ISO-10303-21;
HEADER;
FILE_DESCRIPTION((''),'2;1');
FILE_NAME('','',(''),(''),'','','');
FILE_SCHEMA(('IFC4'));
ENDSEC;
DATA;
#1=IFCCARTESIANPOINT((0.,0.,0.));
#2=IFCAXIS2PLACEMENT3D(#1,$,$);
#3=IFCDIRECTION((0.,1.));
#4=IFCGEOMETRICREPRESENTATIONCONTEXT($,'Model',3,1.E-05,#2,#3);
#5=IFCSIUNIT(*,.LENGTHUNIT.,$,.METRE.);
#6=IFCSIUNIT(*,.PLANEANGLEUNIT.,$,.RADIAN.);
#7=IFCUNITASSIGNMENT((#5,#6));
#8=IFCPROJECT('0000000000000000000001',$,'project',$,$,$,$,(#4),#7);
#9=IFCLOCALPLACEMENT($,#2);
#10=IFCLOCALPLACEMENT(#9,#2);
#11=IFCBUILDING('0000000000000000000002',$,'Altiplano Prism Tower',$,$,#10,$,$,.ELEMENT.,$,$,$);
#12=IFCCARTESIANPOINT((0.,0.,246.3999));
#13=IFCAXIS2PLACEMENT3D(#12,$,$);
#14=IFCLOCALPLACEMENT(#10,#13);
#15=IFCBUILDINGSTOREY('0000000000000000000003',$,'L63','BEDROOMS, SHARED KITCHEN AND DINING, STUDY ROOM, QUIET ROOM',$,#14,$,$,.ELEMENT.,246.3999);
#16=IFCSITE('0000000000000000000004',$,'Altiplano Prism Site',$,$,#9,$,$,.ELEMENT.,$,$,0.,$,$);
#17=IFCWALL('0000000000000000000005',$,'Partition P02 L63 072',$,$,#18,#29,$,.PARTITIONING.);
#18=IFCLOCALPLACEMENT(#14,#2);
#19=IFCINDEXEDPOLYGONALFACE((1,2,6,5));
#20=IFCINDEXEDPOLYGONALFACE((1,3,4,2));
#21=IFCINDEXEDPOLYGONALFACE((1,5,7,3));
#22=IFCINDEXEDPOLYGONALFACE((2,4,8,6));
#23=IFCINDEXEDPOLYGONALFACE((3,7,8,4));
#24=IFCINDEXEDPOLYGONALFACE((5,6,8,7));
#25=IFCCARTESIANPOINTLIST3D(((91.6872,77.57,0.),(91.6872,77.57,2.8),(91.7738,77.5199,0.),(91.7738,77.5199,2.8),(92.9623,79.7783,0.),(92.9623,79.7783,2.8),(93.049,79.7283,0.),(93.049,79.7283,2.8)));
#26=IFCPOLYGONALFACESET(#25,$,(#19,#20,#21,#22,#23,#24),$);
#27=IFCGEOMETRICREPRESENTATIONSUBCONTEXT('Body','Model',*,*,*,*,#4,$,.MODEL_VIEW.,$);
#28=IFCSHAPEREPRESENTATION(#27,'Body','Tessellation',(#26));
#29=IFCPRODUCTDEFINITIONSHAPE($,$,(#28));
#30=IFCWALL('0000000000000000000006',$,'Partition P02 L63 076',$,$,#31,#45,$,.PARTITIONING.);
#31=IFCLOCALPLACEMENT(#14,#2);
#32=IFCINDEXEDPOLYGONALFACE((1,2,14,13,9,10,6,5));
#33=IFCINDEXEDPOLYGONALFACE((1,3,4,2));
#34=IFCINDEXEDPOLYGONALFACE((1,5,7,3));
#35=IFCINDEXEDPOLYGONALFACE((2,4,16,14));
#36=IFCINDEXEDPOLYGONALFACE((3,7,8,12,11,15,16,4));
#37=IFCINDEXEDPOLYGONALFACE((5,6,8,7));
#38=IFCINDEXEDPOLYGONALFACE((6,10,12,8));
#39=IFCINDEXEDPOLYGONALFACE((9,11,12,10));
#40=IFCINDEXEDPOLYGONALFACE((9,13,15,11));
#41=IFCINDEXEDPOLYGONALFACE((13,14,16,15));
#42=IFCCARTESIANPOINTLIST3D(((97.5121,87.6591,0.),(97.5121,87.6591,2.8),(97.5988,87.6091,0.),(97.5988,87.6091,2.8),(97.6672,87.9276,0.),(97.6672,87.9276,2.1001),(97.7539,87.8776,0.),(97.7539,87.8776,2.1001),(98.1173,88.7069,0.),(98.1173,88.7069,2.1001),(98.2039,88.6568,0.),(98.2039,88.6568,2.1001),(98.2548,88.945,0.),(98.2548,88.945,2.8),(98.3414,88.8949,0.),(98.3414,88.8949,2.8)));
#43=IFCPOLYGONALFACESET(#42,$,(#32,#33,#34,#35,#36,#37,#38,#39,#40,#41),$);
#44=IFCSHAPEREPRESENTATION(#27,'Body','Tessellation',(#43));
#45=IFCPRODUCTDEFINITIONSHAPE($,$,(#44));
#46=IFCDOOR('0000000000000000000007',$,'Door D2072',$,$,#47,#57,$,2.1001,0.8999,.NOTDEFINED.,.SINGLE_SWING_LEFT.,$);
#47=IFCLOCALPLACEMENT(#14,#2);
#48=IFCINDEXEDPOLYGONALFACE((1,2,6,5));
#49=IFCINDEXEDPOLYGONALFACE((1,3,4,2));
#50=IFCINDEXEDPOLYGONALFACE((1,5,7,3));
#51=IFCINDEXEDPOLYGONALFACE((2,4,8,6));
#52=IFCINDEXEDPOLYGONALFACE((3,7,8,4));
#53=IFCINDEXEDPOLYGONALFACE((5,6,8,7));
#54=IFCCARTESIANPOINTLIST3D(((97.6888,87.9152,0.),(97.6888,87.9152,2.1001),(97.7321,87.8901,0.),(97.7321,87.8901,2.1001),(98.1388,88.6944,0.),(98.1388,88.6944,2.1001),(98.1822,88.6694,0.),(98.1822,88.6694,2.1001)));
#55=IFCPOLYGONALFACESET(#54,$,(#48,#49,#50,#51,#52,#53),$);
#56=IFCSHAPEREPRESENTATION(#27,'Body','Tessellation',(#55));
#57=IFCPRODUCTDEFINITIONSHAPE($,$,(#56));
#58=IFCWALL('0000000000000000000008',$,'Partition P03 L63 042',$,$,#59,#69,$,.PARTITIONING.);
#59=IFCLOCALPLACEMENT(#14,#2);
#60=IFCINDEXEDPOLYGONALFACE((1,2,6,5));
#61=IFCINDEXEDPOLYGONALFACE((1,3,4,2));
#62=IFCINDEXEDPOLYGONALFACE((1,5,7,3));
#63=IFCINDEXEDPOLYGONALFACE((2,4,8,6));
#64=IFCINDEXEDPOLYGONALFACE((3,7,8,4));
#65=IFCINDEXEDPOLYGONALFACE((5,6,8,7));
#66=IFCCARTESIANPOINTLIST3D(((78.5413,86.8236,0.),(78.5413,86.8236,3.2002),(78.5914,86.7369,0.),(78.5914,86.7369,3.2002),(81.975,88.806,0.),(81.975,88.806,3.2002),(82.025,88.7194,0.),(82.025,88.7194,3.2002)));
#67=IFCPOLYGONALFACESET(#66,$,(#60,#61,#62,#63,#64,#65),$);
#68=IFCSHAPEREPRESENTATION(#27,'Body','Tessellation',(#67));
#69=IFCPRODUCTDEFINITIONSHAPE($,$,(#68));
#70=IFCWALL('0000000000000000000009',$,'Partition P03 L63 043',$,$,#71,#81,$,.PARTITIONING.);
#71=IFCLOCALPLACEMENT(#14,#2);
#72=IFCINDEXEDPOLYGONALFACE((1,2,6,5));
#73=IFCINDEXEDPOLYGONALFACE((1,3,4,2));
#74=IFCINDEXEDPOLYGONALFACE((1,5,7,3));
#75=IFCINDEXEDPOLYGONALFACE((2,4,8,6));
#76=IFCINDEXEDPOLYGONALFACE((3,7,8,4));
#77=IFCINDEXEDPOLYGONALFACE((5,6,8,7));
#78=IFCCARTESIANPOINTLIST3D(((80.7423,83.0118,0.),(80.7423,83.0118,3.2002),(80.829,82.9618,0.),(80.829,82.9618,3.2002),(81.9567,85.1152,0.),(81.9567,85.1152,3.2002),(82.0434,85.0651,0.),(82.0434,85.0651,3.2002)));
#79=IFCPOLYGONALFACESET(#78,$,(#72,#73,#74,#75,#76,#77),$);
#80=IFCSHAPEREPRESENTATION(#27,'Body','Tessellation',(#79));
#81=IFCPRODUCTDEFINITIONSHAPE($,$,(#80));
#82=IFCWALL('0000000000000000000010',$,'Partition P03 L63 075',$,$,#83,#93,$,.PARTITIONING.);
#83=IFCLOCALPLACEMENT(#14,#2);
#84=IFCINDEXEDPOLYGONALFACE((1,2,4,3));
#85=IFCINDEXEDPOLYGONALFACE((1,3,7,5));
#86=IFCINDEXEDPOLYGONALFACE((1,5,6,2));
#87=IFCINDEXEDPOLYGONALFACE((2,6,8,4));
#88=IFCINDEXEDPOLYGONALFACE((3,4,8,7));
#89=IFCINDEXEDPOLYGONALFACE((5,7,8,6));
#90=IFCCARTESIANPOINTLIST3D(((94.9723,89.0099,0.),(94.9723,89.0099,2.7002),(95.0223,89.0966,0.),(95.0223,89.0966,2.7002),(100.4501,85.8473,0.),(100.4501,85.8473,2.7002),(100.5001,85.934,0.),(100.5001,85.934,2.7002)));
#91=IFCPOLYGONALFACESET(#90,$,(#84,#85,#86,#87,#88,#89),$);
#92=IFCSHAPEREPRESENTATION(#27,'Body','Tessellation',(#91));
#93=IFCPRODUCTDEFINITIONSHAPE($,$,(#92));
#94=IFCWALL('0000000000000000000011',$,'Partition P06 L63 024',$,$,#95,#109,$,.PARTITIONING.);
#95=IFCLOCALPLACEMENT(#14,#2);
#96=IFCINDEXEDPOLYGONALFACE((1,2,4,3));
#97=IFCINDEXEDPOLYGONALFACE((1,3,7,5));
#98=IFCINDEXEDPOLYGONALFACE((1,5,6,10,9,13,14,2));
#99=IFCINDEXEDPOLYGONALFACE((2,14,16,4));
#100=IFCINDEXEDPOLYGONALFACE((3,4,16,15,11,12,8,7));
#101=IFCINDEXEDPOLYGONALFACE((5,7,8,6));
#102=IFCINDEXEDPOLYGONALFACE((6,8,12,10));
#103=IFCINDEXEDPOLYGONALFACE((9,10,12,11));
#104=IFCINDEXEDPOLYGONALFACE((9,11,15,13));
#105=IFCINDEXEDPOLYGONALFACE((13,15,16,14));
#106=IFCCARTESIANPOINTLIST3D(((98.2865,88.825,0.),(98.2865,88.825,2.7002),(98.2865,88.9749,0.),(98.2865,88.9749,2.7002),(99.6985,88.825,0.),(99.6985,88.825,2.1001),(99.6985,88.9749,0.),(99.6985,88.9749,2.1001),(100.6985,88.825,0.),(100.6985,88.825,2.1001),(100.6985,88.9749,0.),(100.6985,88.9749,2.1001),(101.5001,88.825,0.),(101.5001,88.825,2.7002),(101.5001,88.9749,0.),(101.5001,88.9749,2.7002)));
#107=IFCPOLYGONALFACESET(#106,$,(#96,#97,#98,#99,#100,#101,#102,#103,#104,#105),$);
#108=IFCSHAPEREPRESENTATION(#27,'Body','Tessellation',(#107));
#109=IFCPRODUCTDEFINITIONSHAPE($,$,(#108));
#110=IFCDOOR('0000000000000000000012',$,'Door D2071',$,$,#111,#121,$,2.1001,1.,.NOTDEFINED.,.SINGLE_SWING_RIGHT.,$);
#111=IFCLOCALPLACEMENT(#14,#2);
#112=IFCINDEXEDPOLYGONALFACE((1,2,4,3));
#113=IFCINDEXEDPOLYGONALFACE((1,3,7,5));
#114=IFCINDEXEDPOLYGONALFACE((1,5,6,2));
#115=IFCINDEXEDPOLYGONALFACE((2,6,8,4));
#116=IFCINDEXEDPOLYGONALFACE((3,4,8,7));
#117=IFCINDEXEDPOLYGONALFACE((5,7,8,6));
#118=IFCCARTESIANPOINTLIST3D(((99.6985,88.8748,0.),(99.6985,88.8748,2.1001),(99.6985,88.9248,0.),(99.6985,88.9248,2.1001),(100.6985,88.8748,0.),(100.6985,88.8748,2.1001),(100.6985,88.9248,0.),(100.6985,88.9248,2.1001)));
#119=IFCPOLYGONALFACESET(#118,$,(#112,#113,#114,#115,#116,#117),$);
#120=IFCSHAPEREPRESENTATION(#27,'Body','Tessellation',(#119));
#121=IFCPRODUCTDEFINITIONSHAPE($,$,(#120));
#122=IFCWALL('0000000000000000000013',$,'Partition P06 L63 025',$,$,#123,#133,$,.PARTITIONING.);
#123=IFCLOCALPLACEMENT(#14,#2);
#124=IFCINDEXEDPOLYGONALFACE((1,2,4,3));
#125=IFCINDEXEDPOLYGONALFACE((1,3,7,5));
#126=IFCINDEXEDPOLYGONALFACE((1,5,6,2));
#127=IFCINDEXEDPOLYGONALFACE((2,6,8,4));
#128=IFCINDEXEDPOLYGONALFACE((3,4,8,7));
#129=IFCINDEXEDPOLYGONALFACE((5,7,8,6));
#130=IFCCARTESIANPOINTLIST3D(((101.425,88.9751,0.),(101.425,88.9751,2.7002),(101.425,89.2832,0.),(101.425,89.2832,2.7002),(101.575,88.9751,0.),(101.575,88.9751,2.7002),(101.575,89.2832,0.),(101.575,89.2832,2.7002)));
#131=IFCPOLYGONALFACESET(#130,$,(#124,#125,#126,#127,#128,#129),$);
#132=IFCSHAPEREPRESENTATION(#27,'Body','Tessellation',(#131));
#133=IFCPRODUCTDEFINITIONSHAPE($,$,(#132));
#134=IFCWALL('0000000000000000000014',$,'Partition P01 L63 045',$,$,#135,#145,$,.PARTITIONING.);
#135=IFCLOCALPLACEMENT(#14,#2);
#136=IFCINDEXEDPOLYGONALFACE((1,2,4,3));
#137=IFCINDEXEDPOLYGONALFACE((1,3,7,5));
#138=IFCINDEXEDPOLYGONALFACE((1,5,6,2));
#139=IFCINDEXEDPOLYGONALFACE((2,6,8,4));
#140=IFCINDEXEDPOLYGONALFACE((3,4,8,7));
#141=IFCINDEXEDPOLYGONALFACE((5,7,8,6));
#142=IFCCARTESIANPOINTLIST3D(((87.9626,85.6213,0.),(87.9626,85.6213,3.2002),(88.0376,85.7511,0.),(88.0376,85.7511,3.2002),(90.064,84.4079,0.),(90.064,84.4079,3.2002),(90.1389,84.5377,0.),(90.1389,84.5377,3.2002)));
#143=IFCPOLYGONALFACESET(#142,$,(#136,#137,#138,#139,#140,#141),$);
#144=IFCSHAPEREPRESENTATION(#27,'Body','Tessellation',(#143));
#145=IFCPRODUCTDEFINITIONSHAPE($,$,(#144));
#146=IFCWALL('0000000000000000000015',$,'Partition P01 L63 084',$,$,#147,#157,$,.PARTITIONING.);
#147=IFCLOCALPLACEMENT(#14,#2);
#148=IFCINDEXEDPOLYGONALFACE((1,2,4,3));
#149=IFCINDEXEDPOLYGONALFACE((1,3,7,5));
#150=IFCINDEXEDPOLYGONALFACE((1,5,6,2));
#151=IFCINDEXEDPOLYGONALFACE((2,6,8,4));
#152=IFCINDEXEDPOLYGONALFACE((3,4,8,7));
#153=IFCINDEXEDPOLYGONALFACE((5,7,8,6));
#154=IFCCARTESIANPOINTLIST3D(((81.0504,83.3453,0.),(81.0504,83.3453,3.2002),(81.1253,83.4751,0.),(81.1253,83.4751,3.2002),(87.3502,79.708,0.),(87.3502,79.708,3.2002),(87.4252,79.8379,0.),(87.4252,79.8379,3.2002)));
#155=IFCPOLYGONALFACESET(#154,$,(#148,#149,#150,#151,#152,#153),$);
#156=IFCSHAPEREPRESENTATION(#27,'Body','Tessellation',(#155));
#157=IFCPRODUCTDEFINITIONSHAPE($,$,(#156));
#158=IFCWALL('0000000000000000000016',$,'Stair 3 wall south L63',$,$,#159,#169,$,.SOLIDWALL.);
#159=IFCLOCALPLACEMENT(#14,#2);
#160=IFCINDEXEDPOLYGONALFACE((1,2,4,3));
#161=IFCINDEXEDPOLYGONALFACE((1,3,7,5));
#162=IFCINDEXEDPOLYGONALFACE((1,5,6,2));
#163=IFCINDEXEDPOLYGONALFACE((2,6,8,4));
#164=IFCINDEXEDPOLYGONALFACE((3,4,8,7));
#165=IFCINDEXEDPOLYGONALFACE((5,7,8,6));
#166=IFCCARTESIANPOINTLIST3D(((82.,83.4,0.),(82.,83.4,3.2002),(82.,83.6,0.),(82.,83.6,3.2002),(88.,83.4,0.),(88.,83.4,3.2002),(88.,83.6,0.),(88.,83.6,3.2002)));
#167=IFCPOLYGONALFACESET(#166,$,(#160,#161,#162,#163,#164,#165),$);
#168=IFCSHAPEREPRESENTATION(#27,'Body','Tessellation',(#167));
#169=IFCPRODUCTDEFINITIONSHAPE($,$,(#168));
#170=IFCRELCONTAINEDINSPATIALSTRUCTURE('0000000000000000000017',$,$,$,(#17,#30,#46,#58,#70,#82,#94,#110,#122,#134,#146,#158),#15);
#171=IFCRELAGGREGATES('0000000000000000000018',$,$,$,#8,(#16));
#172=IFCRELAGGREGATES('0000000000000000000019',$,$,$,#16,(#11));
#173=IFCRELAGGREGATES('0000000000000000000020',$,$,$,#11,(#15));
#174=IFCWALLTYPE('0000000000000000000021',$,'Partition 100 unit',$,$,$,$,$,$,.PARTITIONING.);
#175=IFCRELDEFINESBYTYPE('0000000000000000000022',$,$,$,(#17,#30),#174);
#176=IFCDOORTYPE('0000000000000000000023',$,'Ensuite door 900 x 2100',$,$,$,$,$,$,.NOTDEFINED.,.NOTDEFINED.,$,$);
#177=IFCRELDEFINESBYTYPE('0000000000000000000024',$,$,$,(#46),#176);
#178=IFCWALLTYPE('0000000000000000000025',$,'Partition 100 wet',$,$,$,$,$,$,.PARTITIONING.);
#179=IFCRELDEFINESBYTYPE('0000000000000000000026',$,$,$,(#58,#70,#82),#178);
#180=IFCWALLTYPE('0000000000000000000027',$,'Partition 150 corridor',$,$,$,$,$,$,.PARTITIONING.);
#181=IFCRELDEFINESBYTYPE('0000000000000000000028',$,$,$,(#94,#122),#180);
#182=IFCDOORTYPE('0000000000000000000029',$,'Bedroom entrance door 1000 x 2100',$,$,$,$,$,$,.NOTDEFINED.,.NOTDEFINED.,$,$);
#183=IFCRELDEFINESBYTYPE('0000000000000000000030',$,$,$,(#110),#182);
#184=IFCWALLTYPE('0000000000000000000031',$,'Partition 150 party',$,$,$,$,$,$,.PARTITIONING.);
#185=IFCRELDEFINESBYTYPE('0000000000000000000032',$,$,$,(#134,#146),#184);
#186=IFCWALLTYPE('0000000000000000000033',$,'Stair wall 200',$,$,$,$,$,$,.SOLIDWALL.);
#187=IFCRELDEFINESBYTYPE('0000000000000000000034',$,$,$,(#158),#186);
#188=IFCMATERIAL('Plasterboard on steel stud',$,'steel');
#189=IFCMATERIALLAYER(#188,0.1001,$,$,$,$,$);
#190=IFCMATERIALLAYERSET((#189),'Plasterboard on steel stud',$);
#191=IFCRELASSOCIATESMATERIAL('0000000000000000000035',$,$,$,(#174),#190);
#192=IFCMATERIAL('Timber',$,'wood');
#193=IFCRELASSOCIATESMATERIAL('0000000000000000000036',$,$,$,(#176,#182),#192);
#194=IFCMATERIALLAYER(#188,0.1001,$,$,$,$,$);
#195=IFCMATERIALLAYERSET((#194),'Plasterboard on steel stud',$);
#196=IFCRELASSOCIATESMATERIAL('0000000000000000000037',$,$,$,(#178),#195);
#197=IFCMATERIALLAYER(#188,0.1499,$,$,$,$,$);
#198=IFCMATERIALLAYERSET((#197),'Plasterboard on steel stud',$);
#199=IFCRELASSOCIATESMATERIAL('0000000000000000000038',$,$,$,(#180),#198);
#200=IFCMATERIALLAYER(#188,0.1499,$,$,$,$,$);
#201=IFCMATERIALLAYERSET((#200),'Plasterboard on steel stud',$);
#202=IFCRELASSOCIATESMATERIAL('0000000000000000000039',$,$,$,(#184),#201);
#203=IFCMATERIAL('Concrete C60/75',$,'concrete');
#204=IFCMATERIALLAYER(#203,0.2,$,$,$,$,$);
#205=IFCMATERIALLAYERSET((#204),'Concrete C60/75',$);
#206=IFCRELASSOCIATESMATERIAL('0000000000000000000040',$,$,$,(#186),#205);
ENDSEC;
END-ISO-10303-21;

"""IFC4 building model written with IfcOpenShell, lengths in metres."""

from ifc_helpers import new_model, si_unit, direction, frame, frame_2d, origin, place, context, subcontext, project, spatial, rectangle, extrude, material, layer, layer_set, type_object, element, fill, save


model = new_model("IFC4")

# Units and contexts
model_context = context("Model", 3, precision=1e-05, world=origin(), true_north=direction((0.0, 1.0)))
body_context = subcontext(model_context, "Body", "Model", "MODEL_VIEW")
ifc_project = project(units=[si_unit("LENGTHUNIT", "METRE"), si_unit("PLANEANGLEUNIT", "RADIAN")], contexts=[model_context])

# Site, building, storey
site_placement = place(None, origin())
site = spatial("IfcSite", under=ifc_project, at=site_placement, Name="Altiplano Prism Site", CompositionType="ELEMENT", RefElevation=0.0)
building_placement = place(site_placement, origin())
building = spatial("IfcBuilding", under=site, at=building_placement, Name="Altiplano Prism Tower", CompositionType="ELEMENT")
storey_placement = place(building_placement, frame((0.0, 0.0, 246.3999)))
storey = spatial("IfcBuildingStorey", under=building, at=storey_placement, Name="L63", Description="BEDROOMS, SHARED KITCHEN AND DINING, STUDY ROOM, QUIET ROOM", CompositionType="ELEMENT", Elevation=246.3999)

# Shared definitions
ifc_material_1 = material(Name="Concrete C60/75", Category="concrete")

# Wall
ifc_material_2 = material(Name="Plasterboard on steel stud", Category="steel")
ifc_layer_1 = layer(ifc_material_2, 0.1001)
ifc_layer_set_1 = layer_set([ifc_layer_1], Name="Plasterboard on steel stud")
wall_type_1 = type_object("IfcWallType", Name="Partition 100 unit", PredefinedType="PARTITIONING", material=ifc_layer_set_1)
wall_1_placement = place(storey_placement, frame((93.0056, 79.7532, 0.0), z_axis=(0.0, 0.0, 1.0), x_axis=(-0.500062, -0.865989, 0.0)))
element("IfcWall", 1, at=wall_1_placement, inside=storey, type_object=wall_type_1, Name="Partition P02 L63 072", PredefinedType="PARTITIONING", context=body_context, shape_type="SweptSolid", body=[
    extrude(rectangle(XDim=2.55, YDim=0.1001, at=frame_2d((1.2749, 0.0))), origin(), (0.0, 0.0, 1.0), 2.8),
])

# Wall, opening, door
wall_2_placement = place(storey_placement, frame((98.2981, 88.9199, 0.0), z_axis=(0.0, 0.0, 1.0), x_axis=(-0.500135, -0.865947, 0.0)))
wall_2 = element("IfcWall", 2, at=wall_2_placement, inside=storey, type_object=wall_type_1, Name="Partition P02 L63 076", PredefinedType="PARTITIONING", context=body_context, shape_type="SweptSolid", body=[
    extrude(rectangle(XDim=1.4849, YDim=0.1001, at=frame_2d((0.7424, 0.0))), origin(), (0.0, 0.0, 1.0), 2.8),
])
opening_1_placement = place(wall_2_placement, frame((0.2749, 0.0, 0.0)))
opening_1 = element("IfcOpeningElement", 3, at=opening_1_placement, cuts=wall_2, PredefinedType="OPENING", context=body_context, shape_type="SweptSolid", body=[
    extrude(rectangle(XDim=0.8999, YDim=2.1001, at=frame_2d((0.45, 1.05))), frame((0.0, 0.0605, 0.0), z_axis=(0.0, -1.0, 0.0), x_axis=(1.0, 0.0, 0.0)), (0.0, 0.0, 1.0), 0.1211),
])
ifc_material_3 = material(Name="Timber", Category="wood")
door_type_1 = type_object("IfcDoorType", Name="Ensuite door 900 x 2100", OperationType="NOTDEFINED", PredefinedType="NOTDEFINED", material=ifc_material_3)
door_1_placement = place(opening_1_placement, origin())
door_1 = element("IfcDoor", 4, at=door_1_placement, inside=storey, type_object=door_type_1, Name="Door D2072", OperationType="SINGLE_SWING_LEFT", OverallHeight=2.1001, OverallWidth=0.8999, PredefinedType="NOTDEFINED", context=body_context, shape_type="SweptSolid", body=[
    extrude(rectangle(XDim=0.8999, YDim=2.1001, at=frame_2d((0.45, 1.05))), frame((0.0, 0.0249, 0.0), z_axis=(0.0, -1.0, 0.0), x_axis=(1.0, 0.0, 0.0)), (0.0, 0.0, 1.0), 0.05),
])
fill(opening_1, door_1)

# Walls
ifc_layer_2 = layer(ifc_material_2, 0.1001)
ifc_layer_set_2 = layer_set([ifc_layer_2], Name="Plasterboard on steel stud")
wall_type_2 = type_object("IfcWallType", Name="Partition 100 wet", PredefinedType="PARTITIONING", material=ifc_layer_set_2)
wall_3_placement = place(storey_placement, frame((82.0, 88.7627, 0.0), z_axis=(0.0, 0.0, 1.0), x_axis=(-0.866022, -0.500007, 0.0)))
element("IfcWall", 5, at=wall_3_placement, inside=storey, type_object=wall_type_2, Name="Partition P03 L63 042", PredefinedType="PARTITIONING", context=body_context, shape_type="SweptSolid", body=[
    extrude(rectangle(XDim=3.9648, YDim=0.1001, at=frame_2d((1.9824, 0.0))), origin(), (0.0, 0.0, 1.0), 3.2002),
])
wall_4_placement = place(storey_placement, frame((80.7856, 82.9868, 0.0), z_axis=(0.0, 0.0, 1.0), x_axis=(0.50001, 0.86602, 0.0)))
element("IfcWall", 6, at=wall_4_placement, inside=storey, type_object=wall_type_2, Name="Partition P03 L63 043", PredefinedType="PARTITIONING", context=body_context, shape_type="SweptSolid", body=[
    extrude(rectangle(XDim=2.4287, YDim=0.1001, at=frame_2d((1.2144, 0.0))), origin(), (0.0, 0.0, 1.0), 3.2002),
])
wall_5_placement = place(storey_placement, frame((100.4751, 85.8906, 0.0), z_axis=(0.0, 0.0, 1.0), x_axis=(-0.866026, 0.5, 0.0)))
element("IfcWall", 7, at=wall_5_placement, inside=storey, type_object=wall_type_2, Name="Partition P03 L63 075", PredefinedType="PARTITIONING", context=body_context, shape_type="SweptSolid", body=[
    extrude(rectangle(XDim=6.3252, YDim=0.1001, at=frame_2d((3.1626, 0.0))), origin(), (0.0, 0.0, 1.0), 2.7002),
])

# Wall, opening, door
ifc_layer_3 = layer(ifc_material_2, 0.1499)
ifc_layer_set_3 = layer_set([ifc_layer_3], Name="Plasterboard on steel stud")
wall_type_3 = type_object("IfcWallType", Name="Partition 150 corridor", PredefinedType="PARTITIONING", material=ifc_layer_set_3)
wall_6_placement = place(storey_placement, frame((98.2864, 88.8999, 0.0), z_axis=(0.0, 0.0, 1.0), x_axis=(1.0, 0.0, 0.0)))
wall_6 = element("IfcWall", 8, at=wall_6_placement, inside=storey, type_object=wall_type_3, Name="Partition P06 L63 024", PredefinedType="PARTITIONING", context=body_context, shape_type="SweptSolid", body=[
    extrude(rectangle(XDim=3.2136, YDim=0.1499, at=frame_2d((1.6069, 0.0))), origin(), (0.0, 0.0, 1.0), 2.7002),
])
opening_2_placement = place(wall_6_placement, frame((1.4121, 0.0, 0.0)))
opening_2 = element("IfcOpeningElement", 9, at=opening_2_placement, cuts=wall_6, PredefinedType="OPENING", context=body_context, shape_type="SweptSolid", body=[
    extrude(rectangle(XDim=1.0, YDim=2.1001, at=frame_2d((0.5, 1.05))), frame((0.0, 0.0854, 0.0), z_axis=(0.0, -1.0, 0.0), x_axis=(1.0, 0.0, 0.0)), (0.0, 0.0, 1.0), 0.1709),
])
door_type_2 = type_object("IfcDoorType", Name="Bedroom entrance door 1000 x 2100", OperationType="NOTDEFINED", PredefinedType="NOTDEFINED", material=ifc_material_3)
door_2_placement = place(opening_2_placement, origin())
door_2 = element("IfcDoor", 10, at=door_2_placement, inside=storey, type_object=door_type_2, Name="Door D2071", OperationType="SINGLE_SWING_RIGHT", OverallHeight=2.1001, OverallWidth=1.0, PredefinedType="NOTDEFINED", context=body_context, shape_type="SweptSolid", body=[
    extrude(rectangle(XDim=1.0, YDim=2.1001, at=frame_2d((0.5, 1.05))), frame((0.0, 0.0249, 0.0), z_axis=(0.0, -1.0, 0.0), x_axis=(1.0, 0.0, 0.0)), (0.0, 0.0, 1.0), 0.05),
])
fill(opening_2, door_2)

# Walls
wall_7_placement = place(storey_placement, frame((101.5, 88.9751, 0.0), z_axis=(0.0, 0.0, 1.0), x_axis=(0.0, 1.0, 0.0)))
element("IfcWall", 11, at=wall_7_placement, inside=storey, type_object=wall_type_3, Name="Partition P06 L63 025", PredefinedType="PARTITIONING", context=body_context, shape_type="SweptSolid", body=[
    extrude(rectangle(XDim=0.3081, YDim=0.1499, at=frame_2d((0.1541, 0.0))), origin(), (0.0, 0.0, 1.0), 2.7002),
])
ifc_layer_4 = layer(ifc_material_2, 0.1499)
ifc_layer_set_4 = layer_set([ifc_layer_4], Name="Plasterboard on steel stud")
wall_type_4 = type_object("IfcWallType", Name="Partition 150 party", PredefinedType="PARTITIONING", material=ifc_layer_set_4)
wall_8_placement = place(storey_placement, frame((88.0, 85.6863, 0.0), z_axis=(0.0, 0.0, 1.0), x_axis=(0.865993, -0.500056, 0.0)))
element("IfcWall", 12, at=wall_8_placement, inside=storey, type_object=wall_type_4, Name="Partition P01 L63 045", PredefinedType="PARTITIONING", context=body_context, shape_type="SweptSolid", body=[
    extrude(rectangle(XDim=2.4265, YDim=0.1499, at=frame_2d((1.2134, 0.0))), origin(), (0.0, 0.0, 1.0), 3.2002),
])
wall_9_placement = place(storey_placement, frame((87.3877, 79.7729, 0.0), z_axis=(0.0, 0.0, 1.0), x_axis=(-0.866025, 0.500001, 0.0)))
element("IfcWall", 13, at=wall_9_placement, inside=storey, type_object=wall_type_4, Name="Partition P01 L63 084", PredefinedType="PARTITIONING", context=body_context, shape_type="SweptSolid", body=[
    extrude(rectangle(XDim=7.2744, YDim=0.1499, at=frame_2d((3.6372, 0.0))), origin(), (0.0, 0.0, 1.0), 3.2002),
])
ifc_layer_5 = layer(ifc_material_1, 0.2)
ifc_layer_set_5 = layer_set([ifc_layer_5], Name="Concrete C60/75")
wall_type_5 = type_object("IfcWallType", Name="Stair wall 200", PredefinedType="SOLIDWALL", material=ifc_layer_set_5)
wall_10_placement = place(storey_placement, frame((82.0, 83.5, 0.0), z_axis=(0.0, 0.0, 1.0), x_axis=(1.0, 0.0, 0.0)))
element("IfcWall", 14, at=wall_10_placement, inside=storey, type_object=wall_type_5, Name="Stair 3 wall south L63", PredefinedType="SOLIDWALL", context=body_context, shape_type="SweptSolid", body=[
    extrude(rectangle(XDim=6.0, YDim=0.2, at=frame_2d((3.0, 0.0))), origin(), (0.0, 0.0, 1.0), 3.2002),
])

save(model, "model.ifc")
